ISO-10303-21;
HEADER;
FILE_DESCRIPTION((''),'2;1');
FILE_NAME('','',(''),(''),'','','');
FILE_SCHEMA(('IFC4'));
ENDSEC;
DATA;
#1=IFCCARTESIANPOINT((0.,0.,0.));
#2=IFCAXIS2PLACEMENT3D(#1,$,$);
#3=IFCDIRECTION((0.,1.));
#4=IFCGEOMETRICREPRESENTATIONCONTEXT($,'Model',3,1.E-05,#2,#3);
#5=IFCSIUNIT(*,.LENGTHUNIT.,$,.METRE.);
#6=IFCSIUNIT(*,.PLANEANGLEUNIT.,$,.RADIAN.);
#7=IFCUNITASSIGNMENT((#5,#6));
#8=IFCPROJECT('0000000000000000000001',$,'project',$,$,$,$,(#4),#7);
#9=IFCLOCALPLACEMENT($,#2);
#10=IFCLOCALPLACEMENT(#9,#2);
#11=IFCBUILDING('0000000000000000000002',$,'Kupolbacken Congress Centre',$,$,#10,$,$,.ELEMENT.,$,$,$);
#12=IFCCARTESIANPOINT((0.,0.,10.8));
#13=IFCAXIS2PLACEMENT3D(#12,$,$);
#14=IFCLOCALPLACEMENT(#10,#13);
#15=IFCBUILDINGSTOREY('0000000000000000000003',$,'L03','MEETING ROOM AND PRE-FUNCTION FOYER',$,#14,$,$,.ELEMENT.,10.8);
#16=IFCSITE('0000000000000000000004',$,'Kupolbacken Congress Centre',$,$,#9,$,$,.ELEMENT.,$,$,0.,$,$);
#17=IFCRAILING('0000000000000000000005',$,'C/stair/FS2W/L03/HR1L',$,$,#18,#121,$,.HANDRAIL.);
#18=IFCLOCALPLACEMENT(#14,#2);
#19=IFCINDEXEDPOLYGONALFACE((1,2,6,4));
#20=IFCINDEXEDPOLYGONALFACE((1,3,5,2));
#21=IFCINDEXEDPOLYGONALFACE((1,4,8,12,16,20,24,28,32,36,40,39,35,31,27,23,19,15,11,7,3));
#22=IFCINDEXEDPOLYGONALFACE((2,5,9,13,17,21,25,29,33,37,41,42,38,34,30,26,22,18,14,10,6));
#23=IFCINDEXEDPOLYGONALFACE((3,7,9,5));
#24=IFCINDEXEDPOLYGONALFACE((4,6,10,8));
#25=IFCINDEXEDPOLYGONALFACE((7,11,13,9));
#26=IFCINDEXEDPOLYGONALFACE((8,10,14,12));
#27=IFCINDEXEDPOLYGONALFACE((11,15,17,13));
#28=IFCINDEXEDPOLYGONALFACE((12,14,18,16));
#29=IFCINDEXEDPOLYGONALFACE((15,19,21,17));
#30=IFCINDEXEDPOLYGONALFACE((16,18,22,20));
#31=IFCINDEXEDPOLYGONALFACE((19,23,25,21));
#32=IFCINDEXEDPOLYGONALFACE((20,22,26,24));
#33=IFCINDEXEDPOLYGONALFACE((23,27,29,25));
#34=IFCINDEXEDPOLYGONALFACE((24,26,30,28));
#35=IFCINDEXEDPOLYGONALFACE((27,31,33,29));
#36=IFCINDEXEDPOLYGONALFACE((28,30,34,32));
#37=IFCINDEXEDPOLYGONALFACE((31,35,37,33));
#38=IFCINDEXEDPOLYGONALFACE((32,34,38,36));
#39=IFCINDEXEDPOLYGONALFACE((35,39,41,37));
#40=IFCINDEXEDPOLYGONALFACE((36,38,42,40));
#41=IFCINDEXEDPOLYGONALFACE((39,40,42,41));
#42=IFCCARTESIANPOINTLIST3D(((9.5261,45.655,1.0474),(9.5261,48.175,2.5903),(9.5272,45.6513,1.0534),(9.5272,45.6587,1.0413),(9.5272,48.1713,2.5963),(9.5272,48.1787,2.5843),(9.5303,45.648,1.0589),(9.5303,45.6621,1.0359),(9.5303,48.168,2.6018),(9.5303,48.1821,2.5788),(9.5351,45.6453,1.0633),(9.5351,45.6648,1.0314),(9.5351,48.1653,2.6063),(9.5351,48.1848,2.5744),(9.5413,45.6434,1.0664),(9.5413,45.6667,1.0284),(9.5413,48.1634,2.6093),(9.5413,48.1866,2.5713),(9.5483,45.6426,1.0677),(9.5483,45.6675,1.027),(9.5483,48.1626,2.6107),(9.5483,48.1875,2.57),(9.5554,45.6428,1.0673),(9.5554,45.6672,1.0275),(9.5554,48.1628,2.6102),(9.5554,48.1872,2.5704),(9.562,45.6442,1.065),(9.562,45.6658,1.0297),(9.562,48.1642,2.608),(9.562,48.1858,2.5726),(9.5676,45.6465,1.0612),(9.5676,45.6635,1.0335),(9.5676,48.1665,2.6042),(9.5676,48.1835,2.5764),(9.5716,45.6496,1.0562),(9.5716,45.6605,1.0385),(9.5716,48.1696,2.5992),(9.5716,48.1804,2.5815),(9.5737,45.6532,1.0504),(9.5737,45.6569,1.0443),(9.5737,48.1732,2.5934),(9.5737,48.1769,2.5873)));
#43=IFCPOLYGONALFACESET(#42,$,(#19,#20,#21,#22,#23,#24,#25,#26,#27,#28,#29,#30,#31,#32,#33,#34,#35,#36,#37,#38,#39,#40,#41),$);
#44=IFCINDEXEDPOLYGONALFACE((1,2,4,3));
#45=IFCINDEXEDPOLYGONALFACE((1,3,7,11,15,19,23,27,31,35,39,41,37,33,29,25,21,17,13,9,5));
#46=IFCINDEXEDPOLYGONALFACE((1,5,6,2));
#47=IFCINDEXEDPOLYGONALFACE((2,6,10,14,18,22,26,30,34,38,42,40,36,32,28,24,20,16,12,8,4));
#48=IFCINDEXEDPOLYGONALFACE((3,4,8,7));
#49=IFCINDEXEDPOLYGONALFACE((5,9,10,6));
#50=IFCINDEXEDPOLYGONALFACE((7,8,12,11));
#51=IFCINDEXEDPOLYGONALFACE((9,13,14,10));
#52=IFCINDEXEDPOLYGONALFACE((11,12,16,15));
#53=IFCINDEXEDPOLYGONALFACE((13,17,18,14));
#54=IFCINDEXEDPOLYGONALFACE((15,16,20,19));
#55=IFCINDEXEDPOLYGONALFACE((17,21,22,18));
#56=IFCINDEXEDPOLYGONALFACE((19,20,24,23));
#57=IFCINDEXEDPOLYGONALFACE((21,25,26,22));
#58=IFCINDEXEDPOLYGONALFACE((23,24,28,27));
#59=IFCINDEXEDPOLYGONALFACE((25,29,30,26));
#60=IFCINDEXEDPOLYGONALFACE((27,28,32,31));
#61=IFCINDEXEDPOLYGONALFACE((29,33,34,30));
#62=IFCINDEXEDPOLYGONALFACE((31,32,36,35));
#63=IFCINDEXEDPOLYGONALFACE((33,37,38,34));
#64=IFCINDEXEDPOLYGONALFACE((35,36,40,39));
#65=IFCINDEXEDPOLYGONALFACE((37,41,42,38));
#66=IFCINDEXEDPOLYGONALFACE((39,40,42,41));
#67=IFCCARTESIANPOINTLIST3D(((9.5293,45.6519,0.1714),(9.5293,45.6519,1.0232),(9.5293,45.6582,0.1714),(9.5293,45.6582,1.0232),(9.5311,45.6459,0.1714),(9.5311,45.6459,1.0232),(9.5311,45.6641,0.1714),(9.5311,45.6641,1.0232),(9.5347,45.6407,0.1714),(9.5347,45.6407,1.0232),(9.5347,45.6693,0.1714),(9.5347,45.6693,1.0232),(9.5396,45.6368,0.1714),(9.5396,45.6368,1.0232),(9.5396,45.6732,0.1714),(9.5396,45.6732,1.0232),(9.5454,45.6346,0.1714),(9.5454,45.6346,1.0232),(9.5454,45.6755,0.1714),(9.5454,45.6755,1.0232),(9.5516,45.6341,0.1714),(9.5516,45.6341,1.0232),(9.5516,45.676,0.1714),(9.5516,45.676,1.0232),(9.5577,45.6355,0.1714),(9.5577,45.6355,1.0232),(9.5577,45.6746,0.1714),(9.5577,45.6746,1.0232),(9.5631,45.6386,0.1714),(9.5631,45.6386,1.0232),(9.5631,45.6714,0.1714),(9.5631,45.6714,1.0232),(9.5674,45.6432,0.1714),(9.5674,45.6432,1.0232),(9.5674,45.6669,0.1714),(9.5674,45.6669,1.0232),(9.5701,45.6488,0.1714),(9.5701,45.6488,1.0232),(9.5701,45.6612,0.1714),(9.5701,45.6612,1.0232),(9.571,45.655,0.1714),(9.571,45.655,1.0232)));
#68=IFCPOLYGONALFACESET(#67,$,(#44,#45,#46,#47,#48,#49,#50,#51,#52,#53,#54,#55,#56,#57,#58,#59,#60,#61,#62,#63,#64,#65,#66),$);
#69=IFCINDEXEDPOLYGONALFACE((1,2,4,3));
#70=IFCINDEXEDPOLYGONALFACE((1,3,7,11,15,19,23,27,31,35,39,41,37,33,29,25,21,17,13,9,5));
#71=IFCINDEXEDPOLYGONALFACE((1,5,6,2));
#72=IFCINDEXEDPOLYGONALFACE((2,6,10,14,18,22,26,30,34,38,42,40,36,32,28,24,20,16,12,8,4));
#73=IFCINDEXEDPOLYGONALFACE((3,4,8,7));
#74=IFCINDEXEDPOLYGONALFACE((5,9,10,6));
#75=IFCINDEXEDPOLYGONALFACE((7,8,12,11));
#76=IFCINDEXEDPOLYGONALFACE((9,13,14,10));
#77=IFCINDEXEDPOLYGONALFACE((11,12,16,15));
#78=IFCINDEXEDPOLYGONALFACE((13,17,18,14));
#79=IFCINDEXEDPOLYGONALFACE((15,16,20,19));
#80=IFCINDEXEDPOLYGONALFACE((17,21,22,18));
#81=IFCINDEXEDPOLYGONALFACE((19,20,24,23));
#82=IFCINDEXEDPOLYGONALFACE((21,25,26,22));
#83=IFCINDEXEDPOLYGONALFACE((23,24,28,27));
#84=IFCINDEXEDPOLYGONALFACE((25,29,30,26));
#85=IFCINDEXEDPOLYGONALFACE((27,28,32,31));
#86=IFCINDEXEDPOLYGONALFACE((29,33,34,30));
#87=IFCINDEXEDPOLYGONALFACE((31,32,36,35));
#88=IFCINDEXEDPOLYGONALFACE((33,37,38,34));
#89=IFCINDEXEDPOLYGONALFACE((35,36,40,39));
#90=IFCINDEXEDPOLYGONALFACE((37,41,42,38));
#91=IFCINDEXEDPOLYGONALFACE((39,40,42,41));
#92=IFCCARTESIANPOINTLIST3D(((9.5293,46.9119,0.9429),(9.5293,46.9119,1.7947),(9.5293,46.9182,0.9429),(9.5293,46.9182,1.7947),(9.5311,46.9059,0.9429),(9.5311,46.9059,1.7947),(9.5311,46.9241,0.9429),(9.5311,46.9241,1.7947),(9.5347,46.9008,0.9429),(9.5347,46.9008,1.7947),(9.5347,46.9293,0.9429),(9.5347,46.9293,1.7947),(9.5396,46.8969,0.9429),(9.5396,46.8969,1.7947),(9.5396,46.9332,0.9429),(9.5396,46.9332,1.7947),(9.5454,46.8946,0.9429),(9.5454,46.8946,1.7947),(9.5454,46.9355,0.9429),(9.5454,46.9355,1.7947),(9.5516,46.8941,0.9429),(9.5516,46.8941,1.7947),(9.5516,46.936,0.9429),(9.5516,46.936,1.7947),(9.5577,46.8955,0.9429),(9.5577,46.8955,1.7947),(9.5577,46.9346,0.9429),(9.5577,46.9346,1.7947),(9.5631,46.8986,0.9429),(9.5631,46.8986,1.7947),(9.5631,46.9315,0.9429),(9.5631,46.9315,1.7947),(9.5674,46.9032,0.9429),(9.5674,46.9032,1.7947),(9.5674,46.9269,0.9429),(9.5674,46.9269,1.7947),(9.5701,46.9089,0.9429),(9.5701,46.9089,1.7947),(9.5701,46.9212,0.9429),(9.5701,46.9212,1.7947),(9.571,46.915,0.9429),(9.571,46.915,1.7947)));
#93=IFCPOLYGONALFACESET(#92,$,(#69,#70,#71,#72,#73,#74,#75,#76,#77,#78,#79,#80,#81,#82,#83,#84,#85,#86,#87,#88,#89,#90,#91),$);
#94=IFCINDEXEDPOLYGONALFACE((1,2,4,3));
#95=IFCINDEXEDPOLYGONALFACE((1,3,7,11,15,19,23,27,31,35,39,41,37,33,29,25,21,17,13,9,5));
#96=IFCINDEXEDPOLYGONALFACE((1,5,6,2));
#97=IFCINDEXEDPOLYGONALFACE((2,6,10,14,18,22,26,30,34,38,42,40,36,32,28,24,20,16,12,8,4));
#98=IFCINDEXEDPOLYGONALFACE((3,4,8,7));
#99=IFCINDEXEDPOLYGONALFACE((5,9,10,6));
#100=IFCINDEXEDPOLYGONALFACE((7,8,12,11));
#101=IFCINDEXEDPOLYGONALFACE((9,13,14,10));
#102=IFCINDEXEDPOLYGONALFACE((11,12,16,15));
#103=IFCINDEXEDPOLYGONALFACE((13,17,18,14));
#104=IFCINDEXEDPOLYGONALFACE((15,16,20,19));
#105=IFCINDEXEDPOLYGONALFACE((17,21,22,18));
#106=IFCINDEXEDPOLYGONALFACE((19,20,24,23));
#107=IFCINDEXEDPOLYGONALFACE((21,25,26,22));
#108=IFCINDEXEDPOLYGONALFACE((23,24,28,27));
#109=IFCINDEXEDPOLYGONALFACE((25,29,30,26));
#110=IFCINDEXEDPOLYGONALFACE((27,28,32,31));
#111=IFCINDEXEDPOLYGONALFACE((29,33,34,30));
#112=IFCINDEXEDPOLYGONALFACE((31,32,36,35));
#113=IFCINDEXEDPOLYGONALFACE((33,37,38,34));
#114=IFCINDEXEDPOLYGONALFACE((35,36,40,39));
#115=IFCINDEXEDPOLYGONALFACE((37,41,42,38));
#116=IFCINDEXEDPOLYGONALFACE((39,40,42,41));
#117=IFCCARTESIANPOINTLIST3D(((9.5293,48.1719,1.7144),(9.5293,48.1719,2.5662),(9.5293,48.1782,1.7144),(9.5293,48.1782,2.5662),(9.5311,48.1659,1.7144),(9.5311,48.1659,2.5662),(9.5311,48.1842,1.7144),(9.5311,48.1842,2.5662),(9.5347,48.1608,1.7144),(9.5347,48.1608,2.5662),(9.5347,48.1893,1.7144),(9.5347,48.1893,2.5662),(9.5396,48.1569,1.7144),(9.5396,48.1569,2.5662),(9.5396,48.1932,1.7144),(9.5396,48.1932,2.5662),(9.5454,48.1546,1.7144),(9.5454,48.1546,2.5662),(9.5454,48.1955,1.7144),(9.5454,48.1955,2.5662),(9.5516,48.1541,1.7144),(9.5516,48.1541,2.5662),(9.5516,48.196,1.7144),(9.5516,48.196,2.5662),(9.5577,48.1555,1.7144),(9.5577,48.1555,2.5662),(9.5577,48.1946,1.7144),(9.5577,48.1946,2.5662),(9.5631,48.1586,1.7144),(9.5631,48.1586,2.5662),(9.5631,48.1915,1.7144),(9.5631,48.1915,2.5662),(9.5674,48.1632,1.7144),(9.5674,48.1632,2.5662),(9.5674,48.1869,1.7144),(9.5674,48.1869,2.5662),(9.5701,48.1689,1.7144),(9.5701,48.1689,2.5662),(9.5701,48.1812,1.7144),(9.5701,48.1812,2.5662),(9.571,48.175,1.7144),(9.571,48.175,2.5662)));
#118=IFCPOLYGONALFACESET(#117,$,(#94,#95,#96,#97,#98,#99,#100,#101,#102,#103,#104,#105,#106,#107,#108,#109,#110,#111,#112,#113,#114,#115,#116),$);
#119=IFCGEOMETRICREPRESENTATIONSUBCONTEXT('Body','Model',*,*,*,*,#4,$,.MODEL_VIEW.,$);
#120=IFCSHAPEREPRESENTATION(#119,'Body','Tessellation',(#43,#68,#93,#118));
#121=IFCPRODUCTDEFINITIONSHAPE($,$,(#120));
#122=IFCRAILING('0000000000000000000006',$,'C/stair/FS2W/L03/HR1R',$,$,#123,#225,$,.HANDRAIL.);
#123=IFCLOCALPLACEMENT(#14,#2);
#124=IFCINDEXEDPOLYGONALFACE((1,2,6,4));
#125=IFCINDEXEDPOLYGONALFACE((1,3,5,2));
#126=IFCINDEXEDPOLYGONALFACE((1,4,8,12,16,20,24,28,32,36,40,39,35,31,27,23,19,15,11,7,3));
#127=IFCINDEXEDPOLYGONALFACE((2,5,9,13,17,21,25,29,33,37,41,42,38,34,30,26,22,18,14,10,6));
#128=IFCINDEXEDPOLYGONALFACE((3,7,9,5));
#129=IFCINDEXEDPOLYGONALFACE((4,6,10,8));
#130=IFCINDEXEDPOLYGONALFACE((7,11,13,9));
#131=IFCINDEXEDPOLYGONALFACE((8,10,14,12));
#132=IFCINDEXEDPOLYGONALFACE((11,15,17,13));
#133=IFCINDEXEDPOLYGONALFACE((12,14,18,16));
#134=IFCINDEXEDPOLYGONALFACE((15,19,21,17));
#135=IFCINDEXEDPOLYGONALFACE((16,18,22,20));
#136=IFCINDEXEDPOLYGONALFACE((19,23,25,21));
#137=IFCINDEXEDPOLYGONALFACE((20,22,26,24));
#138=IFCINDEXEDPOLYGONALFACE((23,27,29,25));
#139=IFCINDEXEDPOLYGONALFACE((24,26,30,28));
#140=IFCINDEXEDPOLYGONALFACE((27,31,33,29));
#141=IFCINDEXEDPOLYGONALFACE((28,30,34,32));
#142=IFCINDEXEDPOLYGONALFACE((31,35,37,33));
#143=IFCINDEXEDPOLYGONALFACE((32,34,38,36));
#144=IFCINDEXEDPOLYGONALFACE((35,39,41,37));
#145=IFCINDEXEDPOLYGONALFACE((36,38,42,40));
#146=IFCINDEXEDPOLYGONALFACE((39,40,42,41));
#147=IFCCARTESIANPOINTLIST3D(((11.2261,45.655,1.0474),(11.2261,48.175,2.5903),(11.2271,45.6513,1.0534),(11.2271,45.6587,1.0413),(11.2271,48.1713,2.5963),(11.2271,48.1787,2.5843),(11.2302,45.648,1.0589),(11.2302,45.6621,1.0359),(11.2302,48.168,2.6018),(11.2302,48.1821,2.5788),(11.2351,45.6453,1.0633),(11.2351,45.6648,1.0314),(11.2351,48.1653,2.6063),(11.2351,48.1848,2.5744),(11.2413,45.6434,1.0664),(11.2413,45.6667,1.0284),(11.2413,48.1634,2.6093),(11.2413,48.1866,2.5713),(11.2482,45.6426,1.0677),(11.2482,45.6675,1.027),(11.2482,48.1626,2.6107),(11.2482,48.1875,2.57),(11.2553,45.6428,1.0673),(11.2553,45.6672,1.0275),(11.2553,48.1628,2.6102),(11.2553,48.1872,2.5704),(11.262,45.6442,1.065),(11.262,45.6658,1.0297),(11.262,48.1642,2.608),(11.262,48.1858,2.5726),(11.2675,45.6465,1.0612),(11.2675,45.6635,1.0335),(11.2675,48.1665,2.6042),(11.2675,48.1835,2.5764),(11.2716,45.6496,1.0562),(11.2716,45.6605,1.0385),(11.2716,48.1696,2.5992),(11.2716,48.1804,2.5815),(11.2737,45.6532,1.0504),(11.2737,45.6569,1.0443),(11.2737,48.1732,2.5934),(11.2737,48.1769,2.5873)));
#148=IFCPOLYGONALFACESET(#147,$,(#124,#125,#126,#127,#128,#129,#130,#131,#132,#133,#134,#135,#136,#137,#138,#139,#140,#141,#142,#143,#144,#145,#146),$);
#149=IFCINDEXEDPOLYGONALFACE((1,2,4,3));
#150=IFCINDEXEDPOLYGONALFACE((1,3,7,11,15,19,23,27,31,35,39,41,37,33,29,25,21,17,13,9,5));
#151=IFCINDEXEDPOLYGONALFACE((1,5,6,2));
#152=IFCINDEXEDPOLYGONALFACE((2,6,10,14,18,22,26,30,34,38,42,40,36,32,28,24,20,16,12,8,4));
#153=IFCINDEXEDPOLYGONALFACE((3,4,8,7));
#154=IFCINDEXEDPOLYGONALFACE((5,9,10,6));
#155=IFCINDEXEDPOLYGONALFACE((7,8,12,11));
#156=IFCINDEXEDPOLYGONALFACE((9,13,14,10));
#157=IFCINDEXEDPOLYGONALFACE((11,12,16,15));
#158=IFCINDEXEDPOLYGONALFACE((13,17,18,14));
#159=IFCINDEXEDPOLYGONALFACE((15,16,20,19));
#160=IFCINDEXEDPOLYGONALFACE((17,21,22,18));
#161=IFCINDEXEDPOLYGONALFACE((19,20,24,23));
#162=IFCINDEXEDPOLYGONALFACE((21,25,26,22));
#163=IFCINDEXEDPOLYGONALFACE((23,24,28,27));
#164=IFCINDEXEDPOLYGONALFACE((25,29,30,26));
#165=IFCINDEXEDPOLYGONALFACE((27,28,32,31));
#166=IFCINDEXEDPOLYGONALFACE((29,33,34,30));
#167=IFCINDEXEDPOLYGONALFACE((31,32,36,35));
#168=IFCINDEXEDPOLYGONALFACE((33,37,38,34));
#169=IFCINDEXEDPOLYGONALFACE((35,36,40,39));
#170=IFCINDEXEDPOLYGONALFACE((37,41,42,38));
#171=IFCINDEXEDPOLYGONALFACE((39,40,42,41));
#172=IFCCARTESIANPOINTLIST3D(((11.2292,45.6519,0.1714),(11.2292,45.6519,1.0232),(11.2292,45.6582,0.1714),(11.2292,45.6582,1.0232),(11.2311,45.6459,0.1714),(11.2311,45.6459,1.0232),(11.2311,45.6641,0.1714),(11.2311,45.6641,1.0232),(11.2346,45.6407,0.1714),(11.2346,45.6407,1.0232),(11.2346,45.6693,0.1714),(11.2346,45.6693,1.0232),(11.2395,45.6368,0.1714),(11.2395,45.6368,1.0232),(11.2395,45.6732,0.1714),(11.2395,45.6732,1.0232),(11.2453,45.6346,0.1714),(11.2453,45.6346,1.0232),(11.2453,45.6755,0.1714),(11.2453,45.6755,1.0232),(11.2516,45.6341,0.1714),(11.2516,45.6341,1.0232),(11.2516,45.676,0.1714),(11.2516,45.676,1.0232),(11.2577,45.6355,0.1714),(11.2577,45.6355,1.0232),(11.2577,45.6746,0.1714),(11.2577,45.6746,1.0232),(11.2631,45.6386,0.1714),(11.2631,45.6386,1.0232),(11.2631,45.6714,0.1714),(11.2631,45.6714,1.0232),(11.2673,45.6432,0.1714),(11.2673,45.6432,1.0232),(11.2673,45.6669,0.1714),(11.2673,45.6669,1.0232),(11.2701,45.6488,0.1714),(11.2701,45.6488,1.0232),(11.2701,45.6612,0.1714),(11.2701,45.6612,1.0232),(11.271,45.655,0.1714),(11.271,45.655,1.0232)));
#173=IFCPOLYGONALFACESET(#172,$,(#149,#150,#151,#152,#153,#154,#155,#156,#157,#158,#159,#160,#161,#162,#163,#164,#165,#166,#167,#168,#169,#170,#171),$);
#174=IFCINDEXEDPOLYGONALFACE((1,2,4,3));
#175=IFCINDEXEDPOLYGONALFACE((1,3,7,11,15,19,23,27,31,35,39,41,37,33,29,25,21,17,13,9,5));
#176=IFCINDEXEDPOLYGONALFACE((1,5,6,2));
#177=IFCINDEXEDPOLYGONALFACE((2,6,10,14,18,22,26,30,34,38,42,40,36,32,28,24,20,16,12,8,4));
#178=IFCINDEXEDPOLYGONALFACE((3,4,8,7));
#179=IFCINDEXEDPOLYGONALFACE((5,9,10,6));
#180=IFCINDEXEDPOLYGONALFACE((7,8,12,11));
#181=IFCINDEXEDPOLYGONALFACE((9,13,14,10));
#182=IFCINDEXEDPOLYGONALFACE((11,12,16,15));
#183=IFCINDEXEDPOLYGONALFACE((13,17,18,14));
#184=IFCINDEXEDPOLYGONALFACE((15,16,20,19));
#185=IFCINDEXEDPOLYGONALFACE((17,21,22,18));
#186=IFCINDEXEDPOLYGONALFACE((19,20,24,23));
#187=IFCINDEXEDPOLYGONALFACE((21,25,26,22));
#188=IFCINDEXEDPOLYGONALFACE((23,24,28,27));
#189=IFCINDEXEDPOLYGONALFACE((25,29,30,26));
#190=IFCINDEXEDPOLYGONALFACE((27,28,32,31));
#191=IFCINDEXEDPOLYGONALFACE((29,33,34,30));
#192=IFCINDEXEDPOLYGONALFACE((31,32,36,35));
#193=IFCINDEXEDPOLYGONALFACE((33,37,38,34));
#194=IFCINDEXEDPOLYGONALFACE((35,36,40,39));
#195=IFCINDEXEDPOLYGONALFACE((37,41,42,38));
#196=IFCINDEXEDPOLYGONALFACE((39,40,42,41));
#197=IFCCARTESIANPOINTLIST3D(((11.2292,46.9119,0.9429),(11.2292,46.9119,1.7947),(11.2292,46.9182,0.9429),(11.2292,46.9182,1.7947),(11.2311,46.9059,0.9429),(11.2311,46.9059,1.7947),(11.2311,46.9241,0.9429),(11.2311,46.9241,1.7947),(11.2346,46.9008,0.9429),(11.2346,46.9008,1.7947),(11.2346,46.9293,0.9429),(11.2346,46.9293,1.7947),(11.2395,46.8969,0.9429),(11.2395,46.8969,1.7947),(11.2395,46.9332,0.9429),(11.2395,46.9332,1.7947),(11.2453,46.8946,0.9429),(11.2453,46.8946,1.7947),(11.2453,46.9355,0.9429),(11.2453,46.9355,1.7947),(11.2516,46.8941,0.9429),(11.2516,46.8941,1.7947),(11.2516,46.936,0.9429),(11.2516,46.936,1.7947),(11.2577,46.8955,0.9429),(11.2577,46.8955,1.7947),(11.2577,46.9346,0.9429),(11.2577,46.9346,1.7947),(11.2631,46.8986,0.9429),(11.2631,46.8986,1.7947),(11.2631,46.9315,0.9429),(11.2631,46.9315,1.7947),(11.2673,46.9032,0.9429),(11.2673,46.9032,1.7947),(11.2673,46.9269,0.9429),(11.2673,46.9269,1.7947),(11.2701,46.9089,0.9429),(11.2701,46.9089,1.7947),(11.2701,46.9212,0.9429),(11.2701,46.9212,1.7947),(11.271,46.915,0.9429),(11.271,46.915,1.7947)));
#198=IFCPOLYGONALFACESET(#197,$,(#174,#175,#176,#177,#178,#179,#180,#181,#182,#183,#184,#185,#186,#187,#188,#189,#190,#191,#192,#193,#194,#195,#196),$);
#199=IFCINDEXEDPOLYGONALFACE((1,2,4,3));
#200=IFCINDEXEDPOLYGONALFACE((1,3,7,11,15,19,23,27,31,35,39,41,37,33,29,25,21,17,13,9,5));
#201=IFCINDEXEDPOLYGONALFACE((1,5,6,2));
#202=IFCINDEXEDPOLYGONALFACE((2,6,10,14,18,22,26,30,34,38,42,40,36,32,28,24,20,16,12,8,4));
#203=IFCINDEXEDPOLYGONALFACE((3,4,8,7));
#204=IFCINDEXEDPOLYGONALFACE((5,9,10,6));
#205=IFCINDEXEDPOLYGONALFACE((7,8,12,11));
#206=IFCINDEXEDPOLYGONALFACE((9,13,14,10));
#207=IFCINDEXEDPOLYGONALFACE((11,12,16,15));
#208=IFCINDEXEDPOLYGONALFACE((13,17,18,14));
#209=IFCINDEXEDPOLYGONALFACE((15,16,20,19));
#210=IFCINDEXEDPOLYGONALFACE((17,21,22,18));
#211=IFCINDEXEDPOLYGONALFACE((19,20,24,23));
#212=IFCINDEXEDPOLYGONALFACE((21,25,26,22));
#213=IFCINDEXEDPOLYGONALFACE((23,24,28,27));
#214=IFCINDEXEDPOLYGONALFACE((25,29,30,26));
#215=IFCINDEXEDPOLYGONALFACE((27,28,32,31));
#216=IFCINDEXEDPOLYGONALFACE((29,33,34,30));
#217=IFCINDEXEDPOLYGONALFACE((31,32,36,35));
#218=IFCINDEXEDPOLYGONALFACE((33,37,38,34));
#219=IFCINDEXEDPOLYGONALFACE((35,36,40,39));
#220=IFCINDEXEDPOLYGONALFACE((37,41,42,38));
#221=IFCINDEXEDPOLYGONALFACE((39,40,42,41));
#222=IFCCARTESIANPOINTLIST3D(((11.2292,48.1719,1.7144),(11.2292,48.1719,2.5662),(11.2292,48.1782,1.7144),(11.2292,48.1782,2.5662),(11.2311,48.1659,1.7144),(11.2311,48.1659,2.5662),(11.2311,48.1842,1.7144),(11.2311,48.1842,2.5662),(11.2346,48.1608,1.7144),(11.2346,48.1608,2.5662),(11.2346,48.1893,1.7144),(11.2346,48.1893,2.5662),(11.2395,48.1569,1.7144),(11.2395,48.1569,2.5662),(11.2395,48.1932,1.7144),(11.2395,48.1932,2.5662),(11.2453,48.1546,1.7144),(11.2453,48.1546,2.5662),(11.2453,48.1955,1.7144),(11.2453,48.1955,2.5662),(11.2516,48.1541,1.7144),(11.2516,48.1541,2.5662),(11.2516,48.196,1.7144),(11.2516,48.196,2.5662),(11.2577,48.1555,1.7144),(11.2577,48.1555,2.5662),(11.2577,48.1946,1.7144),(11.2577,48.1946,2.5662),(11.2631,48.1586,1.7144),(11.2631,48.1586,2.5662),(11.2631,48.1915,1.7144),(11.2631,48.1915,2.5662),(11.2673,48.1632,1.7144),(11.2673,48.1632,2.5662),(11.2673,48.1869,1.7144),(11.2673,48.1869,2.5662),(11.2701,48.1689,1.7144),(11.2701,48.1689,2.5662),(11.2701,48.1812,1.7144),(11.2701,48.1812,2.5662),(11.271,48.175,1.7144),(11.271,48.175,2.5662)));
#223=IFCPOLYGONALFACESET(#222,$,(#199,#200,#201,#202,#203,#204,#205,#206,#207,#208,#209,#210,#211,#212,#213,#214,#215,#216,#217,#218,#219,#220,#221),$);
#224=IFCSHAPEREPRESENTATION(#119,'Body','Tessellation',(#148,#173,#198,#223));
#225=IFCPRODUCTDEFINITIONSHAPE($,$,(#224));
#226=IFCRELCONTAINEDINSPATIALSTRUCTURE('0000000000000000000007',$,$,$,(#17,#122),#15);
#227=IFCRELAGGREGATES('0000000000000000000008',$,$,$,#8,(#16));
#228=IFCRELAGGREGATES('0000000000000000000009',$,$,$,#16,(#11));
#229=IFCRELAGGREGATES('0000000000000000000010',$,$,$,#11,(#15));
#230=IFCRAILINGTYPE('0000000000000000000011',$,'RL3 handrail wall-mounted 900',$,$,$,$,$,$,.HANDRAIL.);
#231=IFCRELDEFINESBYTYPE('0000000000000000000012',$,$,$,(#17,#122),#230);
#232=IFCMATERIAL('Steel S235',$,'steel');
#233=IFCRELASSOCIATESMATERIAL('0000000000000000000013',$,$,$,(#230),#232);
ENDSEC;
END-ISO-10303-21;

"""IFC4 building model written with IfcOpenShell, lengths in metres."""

from ifc_helpers import new_model, si_unit, direction, frame, origin, origin_2d, place, context, subcontext, project, spatial, circle, extrude, material, type_object, element, save


model = new_model("IFC4")

# Units and contexts
model_context = context("Model", 3, precision=1e-05, world=origin(), true_north=direction((0.0, 1.0)))
body_context = subcontext(model_context, "Body", "Model", "MODEL_VIEW")
ifc_project = project(units=[si_unit("LENGTHUNIT", "METRE"), si_unit("PLANEANGLEUNIT", "RADIAN")], contexts=[model_context])

# Site, building, storey
site_placement = place(None, origin())
site = spatial("IfcSite", under=ifc_project, at=site_placement, Name="Kupolbacken Congress Centre", CompositionType="ELEMENT", RefElevation=0.0)
building_placement = place(site_placement, origin())
building = spatial("IfcBuilding", under=site, at=building_placement, Name="Kupolbacken Congress Centre", CompositionType="ELEMENT")
storey_placement = place(building_placement, frame((0.0, 0.0, 10.8)))
storey = spatial("IfcBuildingStorey", under=building, at=storey_placement, Name="L03", Description="MEETING ROOM AND PRE-FUNCTION FOYER", CompositionType="ELEMENT", Elevation=10.8)

# Railings
ifc_material_1 = material(Name="Steel S235", Category="steel")
railing_type = type_object("IfcRailingType", Name="RL3 handrail wall-mounted 900", PredefinedType="HANDRAIL", material=ifc_material_1)
for number, where, name in (
    (1, (9.55, 45.655, 0.1714), "C/stair/FS2W/L03/HR1L"),
    (2, (11.25, 45.655, 0.1714), "C/stair/FS2W/L03/HR1R"),
):
    element("IfcRailing", number, at=place(storey_placement, frame(where)), inside=storey, type_object=railing_type, Name=name, PredefinedType="HANDRAIL", context=body_context, shape_type="SweptSolid", body=[
        extrude(circle(Radius=0.0239, at=origin_2d()), frame((0.0, 0.0, 0.876), z_axis=(0.0, 0.852836, 0.522178), x_axis=(-1.0, 0.0, 0.0)), (0.0, 0.0, 1.0), 2.9548),
        extrude(circle(Radius=0.021, at=origin_2d()), origin(), (0.0, 0.0, 1.0), 0.8518),
        extrude(circle(Radius=0.021, at=origin_2d()), frame((0.0, 1.26, 0.7715)), (0.0, 0.0, 1.0), 0.8518),
        extrude(circle(Radius=0.021, at=origin_2d()), frame((0.0, 2.52, 1.543)), (0.0, 0.0, 1.0), 0.8518),
    ])

save(model, "model.ifc")
